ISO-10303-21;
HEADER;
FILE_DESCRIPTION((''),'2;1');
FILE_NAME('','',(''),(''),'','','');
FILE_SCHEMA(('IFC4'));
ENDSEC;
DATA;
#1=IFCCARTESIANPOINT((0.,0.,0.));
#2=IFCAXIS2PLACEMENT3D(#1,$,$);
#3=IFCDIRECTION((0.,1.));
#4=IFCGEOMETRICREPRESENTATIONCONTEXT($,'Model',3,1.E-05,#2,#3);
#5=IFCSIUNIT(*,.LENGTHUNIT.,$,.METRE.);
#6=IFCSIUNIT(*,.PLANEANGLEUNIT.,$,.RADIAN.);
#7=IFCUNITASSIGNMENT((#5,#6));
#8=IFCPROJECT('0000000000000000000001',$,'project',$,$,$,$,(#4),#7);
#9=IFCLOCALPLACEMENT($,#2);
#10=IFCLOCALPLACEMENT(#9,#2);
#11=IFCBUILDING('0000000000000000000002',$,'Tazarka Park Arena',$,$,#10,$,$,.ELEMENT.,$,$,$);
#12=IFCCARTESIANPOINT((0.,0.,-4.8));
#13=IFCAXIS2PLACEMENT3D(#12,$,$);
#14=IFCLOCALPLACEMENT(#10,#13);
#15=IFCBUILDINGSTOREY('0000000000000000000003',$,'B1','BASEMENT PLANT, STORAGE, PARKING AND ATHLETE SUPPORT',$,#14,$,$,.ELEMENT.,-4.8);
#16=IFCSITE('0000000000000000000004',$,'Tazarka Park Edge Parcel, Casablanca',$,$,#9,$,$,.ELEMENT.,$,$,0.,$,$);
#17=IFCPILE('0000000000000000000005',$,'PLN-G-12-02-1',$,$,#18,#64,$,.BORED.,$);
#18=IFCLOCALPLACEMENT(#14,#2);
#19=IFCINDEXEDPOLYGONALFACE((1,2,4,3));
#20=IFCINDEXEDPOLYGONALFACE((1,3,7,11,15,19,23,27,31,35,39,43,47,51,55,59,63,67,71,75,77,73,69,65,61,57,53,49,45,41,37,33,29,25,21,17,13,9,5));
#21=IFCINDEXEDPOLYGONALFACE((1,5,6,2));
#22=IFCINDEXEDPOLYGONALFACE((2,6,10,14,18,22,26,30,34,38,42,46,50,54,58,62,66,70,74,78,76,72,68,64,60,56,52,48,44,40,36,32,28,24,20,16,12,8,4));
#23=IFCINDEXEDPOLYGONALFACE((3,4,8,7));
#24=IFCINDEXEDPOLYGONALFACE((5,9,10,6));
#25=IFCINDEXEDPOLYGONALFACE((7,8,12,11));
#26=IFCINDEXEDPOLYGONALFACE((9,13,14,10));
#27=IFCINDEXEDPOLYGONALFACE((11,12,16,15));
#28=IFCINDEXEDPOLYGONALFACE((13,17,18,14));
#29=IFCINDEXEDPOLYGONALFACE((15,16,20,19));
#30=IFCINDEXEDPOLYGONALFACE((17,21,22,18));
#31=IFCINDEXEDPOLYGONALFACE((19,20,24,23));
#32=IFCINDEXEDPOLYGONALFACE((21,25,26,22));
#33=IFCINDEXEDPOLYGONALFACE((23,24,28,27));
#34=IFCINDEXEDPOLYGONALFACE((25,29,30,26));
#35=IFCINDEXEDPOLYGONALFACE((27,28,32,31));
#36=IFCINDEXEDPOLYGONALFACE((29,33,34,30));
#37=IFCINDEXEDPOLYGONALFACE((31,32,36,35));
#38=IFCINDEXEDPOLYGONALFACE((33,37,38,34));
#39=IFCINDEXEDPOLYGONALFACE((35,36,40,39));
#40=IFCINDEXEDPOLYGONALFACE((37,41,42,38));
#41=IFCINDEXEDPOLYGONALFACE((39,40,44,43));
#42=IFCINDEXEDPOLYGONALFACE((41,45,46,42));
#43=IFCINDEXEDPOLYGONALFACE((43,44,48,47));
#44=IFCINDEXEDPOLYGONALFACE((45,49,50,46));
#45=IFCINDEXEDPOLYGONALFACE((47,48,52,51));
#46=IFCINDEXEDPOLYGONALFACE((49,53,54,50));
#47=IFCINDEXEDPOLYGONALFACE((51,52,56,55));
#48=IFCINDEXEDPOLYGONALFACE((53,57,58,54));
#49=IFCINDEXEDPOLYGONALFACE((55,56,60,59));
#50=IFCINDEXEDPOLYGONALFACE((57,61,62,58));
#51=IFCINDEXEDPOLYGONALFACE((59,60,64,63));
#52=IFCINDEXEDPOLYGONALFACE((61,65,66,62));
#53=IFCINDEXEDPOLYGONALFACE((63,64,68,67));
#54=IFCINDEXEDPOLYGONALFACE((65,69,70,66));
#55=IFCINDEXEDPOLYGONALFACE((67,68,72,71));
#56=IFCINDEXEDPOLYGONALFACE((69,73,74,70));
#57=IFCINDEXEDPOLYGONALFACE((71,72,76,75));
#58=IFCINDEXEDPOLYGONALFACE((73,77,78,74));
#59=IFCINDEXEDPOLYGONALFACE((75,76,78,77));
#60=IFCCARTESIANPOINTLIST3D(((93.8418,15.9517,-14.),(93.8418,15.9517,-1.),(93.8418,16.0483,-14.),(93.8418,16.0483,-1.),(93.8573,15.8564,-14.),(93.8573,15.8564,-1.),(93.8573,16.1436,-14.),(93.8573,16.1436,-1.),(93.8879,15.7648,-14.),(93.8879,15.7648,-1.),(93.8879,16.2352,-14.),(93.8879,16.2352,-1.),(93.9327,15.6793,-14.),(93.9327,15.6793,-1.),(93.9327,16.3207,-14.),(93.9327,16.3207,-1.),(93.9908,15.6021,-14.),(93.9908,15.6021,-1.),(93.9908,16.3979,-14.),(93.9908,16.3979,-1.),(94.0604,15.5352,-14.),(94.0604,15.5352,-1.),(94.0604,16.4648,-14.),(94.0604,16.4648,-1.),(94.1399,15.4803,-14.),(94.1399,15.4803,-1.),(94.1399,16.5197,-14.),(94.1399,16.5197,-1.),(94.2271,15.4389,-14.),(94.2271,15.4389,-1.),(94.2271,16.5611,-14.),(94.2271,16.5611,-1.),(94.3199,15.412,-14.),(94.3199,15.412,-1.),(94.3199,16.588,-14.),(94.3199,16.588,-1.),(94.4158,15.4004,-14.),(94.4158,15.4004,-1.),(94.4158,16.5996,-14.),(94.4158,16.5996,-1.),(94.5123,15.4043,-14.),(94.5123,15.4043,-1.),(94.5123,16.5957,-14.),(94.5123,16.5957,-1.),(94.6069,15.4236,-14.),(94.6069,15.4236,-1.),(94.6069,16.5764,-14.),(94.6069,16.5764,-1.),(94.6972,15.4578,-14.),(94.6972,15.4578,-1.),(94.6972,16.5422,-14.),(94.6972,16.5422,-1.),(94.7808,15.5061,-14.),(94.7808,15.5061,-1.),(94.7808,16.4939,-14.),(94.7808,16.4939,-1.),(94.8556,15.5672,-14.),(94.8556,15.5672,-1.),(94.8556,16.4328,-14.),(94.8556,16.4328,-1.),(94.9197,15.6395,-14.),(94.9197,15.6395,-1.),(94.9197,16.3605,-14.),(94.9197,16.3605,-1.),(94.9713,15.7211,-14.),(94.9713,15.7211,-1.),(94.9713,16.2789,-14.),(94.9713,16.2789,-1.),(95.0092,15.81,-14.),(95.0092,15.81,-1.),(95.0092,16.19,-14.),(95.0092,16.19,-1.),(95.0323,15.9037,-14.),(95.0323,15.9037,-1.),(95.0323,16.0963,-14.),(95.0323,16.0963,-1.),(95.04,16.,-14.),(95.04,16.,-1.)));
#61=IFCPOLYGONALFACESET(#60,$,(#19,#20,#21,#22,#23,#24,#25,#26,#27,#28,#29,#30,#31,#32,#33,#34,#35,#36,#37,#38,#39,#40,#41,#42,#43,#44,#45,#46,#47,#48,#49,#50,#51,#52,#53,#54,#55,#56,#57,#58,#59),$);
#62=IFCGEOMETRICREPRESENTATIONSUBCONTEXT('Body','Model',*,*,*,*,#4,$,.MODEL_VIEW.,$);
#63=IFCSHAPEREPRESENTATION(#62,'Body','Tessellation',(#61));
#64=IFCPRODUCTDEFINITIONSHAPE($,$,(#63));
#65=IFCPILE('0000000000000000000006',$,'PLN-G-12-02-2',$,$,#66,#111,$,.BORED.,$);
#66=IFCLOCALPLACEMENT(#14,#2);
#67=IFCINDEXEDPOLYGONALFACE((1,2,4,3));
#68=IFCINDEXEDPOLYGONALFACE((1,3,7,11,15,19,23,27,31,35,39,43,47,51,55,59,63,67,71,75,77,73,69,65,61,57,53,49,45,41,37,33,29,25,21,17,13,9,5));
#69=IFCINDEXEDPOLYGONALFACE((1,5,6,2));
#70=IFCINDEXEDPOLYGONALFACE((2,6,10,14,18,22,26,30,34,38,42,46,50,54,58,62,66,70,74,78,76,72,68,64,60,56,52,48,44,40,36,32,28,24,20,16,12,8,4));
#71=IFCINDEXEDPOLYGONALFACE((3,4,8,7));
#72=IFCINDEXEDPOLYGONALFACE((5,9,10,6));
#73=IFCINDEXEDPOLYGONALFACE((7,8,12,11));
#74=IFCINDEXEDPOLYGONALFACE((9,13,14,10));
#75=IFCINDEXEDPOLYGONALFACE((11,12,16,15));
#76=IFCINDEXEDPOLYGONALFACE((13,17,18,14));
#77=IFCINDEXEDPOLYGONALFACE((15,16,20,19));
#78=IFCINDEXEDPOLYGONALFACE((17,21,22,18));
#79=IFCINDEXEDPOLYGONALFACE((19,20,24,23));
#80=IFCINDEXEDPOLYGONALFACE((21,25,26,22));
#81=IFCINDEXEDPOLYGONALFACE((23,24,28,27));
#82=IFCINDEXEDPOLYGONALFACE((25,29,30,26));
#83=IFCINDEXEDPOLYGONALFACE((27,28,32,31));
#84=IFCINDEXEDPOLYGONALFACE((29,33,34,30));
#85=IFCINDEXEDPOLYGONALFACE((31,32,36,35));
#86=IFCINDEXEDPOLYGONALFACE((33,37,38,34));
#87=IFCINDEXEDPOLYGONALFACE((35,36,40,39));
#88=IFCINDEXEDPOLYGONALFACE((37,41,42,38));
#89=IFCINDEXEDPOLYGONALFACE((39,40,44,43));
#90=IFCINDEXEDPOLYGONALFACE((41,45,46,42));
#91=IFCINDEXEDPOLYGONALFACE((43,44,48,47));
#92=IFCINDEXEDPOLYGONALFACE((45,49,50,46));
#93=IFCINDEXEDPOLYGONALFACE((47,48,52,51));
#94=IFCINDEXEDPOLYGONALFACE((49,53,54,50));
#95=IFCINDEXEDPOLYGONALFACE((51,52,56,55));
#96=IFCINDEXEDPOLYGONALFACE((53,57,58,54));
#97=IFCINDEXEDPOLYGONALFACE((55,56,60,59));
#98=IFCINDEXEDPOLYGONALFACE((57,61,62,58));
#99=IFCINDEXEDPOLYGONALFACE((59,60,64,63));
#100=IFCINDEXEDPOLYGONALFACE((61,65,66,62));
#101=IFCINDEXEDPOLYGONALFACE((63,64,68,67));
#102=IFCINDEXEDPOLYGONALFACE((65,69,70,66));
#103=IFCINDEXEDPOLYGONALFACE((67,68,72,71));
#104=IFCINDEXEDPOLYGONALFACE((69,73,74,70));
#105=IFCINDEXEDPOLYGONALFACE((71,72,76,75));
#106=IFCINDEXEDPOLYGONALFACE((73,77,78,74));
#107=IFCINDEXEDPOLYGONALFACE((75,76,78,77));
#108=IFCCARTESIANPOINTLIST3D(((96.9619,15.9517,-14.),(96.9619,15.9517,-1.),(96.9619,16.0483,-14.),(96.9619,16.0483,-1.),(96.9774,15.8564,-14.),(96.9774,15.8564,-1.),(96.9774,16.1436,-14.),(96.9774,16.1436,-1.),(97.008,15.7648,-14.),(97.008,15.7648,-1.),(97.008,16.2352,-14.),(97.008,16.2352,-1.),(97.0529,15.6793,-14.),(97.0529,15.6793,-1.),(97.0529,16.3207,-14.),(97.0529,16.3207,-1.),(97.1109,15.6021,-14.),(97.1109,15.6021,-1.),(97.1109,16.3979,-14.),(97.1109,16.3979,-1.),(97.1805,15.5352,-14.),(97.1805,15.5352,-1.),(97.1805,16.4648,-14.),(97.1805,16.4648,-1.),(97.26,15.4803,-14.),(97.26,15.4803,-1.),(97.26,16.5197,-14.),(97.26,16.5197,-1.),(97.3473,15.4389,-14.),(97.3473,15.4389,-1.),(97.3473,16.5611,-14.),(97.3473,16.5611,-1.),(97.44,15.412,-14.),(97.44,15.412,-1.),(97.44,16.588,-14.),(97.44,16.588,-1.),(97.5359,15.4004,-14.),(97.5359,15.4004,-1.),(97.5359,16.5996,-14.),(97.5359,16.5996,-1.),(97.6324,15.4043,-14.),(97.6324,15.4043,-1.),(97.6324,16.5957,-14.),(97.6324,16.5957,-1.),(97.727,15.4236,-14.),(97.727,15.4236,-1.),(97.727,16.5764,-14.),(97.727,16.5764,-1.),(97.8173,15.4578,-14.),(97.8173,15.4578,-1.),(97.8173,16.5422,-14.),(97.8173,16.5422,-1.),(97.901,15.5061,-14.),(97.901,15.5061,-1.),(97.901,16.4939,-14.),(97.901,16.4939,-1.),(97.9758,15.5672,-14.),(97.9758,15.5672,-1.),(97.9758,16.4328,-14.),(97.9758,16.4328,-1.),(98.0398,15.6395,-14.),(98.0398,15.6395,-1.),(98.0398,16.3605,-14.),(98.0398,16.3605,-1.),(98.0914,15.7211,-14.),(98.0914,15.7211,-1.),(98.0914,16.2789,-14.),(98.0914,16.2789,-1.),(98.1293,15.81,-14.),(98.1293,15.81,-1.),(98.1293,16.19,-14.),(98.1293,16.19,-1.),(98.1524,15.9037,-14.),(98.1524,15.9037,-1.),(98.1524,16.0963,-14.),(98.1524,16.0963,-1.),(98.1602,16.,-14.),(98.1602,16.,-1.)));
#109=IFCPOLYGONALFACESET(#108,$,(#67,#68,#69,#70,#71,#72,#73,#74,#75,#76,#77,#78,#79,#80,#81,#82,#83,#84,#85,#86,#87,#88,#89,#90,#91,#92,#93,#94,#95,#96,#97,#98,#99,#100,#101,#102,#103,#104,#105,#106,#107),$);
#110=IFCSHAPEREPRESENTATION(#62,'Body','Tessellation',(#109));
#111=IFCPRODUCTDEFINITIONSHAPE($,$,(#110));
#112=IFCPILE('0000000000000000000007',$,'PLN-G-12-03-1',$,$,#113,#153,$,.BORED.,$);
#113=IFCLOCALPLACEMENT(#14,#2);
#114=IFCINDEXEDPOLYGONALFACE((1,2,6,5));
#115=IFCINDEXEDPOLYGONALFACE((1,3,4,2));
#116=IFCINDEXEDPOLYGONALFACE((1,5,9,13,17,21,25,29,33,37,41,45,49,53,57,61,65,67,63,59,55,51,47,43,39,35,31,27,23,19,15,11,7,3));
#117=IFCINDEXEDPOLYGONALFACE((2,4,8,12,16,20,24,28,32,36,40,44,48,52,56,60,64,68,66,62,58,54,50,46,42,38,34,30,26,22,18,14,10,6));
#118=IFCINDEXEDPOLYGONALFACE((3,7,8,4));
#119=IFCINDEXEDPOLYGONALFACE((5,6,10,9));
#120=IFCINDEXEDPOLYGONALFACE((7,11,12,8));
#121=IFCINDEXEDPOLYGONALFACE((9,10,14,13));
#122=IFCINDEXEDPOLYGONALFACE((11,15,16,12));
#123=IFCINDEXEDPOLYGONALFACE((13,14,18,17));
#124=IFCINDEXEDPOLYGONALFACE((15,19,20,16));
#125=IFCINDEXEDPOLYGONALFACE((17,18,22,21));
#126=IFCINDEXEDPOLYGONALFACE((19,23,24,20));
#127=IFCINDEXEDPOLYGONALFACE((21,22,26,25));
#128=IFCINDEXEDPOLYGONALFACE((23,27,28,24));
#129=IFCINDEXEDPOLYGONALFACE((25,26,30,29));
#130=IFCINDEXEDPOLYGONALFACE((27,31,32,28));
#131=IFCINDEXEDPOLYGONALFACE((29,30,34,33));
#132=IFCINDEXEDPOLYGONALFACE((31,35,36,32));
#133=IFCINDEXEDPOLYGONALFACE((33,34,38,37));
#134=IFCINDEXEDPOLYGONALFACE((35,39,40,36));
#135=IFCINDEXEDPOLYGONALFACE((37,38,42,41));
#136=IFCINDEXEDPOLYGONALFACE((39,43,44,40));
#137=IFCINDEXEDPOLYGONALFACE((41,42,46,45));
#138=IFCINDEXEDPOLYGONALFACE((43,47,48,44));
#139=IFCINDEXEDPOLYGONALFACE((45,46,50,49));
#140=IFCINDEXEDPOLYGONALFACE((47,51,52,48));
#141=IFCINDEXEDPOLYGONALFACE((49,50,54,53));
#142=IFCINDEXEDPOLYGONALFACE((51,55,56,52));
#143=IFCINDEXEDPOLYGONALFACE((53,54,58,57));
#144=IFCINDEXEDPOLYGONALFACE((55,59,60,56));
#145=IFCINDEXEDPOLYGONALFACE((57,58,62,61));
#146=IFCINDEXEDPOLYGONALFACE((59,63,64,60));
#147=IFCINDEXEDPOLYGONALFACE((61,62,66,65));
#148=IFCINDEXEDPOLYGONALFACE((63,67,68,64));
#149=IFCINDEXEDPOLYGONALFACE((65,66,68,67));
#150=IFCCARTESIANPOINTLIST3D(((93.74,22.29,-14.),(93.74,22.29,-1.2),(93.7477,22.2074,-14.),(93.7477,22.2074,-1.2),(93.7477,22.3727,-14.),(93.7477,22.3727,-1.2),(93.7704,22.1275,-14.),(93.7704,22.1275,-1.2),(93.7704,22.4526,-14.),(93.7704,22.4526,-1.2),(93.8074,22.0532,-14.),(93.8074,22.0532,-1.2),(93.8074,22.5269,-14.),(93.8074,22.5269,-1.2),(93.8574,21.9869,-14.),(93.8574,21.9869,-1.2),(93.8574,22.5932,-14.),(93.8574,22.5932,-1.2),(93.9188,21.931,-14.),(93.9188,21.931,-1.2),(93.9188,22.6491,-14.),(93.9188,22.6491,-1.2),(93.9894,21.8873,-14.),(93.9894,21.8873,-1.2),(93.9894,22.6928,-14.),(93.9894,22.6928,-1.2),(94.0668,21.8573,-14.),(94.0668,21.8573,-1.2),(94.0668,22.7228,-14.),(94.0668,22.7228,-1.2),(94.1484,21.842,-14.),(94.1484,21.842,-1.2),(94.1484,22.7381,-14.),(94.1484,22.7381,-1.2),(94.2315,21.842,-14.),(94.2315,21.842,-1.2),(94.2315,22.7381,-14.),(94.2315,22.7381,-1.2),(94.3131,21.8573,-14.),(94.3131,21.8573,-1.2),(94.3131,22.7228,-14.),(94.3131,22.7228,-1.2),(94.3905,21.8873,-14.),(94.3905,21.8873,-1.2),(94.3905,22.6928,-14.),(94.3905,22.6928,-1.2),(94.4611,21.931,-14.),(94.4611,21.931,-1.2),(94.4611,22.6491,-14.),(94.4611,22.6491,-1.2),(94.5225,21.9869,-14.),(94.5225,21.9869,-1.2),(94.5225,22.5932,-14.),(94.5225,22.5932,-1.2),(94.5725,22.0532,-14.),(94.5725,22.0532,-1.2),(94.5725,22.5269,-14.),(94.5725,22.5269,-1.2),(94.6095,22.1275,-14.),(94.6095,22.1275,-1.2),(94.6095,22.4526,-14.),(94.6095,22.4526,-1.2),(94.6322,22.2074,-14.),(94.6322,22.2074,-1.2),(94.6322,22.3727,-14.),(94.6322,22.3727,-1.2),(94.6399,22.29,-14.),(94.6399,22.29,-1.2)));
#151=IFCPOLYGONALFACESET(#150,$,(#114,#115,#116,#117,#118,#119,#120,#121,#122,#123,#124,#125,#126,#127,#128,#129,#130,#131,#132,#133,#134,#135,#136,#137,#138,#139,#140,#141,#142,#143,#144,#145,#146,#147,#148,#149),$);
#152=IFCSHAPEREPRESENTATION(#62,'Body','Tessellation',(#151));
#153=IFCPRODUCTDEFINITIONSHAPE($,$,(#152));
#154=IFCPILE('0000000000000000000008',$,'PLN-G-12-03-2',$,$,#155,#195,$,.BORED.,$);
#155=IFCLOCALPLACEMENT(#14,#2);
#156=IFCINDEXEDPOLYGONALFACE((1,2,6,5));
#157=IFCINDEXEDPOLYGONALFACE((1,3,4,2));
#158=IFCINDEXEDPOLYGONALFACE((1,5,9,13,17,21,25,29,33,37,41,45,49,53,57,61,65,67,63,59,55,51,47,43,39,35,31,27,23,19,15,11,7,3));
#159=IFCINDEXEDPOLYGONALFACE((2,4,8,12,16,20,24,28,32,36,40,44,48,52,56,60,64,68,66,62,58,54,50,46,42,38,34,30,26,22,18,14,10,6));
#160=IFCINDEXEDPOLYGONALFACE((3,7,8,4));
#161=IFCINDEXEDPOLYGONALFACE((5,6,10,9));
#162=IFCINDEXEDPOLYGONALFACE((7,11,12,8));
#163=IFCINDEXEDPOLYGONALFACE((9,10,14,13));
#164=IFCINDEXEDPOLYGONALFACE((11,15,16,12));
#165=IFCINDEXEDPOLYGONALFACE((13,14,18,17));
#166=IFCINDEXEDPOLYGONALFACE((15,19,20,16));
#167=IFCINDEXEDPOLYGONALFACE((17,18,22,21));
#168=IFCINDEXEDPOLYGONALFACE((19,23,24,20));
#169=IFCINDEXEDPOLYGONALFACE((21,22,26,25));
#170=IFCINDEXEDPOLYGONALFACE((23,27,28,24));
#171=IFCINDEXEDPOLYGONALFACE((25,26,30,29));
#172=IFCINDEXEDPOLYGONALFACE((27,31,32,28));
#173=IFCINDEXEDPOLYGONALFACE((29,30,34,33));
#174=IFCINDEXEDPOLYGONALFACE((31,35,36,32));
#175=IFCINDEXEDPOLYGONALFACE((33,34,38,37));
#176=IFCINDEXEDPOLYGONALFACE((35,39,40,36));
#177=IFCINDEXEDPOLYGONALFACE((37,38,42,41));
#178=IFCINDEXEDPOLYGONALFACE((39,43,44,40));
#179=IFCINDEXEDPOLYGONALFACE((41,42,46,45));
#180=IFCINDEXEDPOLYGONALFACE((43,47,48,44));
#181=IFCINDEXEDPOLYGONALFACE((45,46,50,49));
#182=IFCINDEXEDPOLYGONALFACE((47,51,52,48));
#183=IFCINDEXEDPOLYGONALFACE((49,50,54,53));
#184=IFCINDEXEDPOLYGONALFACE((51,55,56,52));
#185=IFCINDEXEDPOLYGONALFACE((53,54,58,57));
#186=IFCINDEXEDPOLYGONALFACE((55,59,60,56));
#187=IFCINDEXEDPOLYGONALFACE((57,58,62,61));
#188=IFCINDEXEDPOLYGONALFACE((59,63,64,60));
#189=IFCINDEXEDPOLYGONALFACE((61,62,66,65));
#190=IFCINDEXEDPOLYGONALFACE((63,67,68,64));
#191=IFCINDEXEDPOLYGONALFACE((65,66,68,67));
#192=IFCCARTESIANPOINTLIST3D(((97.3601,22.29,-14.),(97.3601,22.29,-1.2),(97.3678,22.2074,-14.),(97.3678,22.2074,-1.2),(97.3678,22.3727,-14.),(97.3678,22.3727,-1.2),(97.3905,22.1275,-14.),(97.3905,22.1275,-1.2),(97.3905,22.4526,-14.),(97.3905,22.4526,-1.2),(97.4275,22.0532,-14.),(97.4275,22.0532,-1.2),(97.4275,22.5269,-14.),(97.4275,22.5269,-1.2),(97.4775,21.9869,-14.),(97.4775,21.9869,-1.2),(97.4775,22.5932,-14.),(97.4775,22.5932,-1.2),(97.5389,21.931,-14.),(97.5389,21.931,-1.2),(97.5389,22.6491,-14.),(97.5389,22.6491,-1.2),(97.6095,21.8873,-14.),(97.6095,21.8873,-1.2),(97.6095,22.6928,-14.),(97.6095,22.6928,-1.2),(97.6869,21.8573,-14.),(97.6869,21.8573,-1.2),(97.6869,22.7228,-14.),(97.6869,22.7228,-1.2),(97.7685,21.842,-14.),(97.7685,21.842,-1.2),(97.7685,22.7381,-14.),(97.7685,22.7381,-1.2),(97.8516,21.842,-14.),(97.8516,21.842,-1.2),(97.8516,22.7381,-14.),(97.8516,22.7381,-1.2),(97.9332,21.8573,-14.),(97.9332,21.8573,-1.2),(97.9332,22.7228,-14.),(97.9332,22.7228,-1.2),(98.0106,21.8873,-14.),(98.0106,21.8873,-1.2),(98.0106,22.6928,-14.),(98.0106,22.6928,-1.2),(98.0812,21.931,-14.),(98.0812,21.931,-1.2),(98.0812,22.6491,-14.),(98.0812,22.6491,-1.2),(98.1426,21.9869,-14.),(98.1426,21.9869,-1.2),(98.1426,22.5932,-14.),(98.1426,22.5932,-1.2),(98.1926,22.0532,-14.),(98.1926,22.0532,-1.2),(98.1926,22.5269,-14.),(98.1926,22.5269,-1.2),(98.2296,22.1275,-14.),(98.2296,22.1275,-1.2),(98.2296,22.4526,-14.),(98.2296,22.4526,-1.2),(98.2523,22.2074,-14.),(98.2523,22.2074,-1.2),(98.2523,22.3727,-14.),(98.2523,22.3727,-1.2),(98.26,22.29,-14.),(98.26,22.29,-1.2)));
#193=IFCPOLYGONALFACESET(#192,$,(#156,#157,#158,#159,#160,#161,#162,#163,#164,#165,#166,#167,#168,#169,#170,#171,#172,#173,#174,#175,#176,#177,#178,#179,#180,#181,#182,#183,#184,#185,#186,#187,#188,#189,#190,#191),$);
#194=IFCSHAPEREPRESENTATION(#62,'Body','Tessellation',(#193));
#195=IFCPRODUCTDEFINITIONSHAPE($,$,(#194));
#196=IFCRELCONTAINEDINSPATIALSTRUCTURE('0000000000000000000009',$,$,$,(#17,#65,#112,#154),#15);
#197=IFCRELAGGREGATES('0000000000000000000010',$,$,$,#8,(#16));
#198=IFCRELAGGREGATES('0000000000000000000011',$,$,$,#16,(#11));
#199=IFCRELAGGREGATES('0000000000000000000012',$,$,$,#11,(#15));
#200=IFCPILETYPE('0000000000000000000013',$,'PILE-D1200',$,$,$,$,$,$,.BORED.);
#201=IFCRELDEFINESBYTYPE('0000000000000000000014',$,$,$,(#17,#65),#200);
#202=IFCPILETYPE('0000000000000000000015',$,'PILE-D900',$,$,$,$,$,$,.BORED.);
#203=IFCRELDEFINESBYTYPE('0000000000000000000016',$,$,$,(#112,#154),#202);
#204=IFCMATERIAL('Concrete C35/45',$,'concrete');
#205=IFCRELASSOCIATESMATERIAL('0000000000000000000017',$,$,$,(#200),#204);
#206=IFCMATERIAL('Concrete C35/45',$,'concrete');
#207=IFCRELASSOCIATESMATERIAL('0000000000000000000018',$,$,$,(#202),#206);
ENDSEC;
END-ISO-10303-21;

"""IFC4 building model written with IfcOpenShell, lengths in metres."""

from ifc_helpers import new_model, si_unit, direction, frame, origin, origin_2d, place, context, subcontext, project, spatial, circle, extrude, material, material_profile, profile_set, type_object, element, save


model = new_model("IFC4")

# Units and contexts
model_context = context("Model", 3, precision=1e-05, world=origin(), true_north=direction((0.0, 1.0)))
body_context = subcontext(model_context, "Body", "Model", "MODEL_VIEW")
ifc_project = project(units=[si_unit("LENGTHUNIT", "METRE"), si_unit("PLANEANGLEUNIT", "RADIAN")], contexts=[model_context])

# Site, building, storey
site_placement = place(None, origin())
site = spatial("IfcSite", under=ifc_project, at=site_placement, Name="Tazarka Park Edge Parcel, Casablanca", CompositionType="ELEMENT", RefElevation=0.0)
building_placement = place(site_placement, origin())
building = spatial("IfcBuilding", under=site, at=building_placement, Name="Tazarka Park Arena", CompositionType="ELEMENT")
storey_placement = place(building_placement, frame((0.0, 0.0, -4.8)))
storey = spatial("IfcBuildingStorey", under=building, at=storey_placement, Name="B1", Description="BASEMENT PLANT, STORAGE, PARKING AND ATHLETE SUPPORT", CompositionType="ELEMENT", Elevation=-4.8)

# Piles
ifc_material_1 = material(Name="Concrete C35/45", Category="concrete")
ifc_material_profile_1 = material_profile(ifc_material_1, circle(Radius=0.6001, at=origin_2d()), Name="Concrete C35/45")
ifc_profile_set_1 = profile_set([ifc_material_profile_1], Name="Concrete C35/45")
pile_type_1 = type_object("IfcPileType", Name="PILE-D1200", PredefinedType="BORED", material=ifc_profile_set_1)
for number, where, z_axis, x_axis, name in (
    (1, (94.4399, 16.0, -1.0), (0.0, 0.0, -1.0), (1.0, 0.0, 0.0), "PLN-G-12-02-1"),
    (2, (97.5601, 16.0, -1.0), (0.0, 0.0, -1.0), (1.0, 0.0, 0.0), "PLN-G-12-02-2"),
):
    element("IfcPile", number, at=place(storey_placement, frame(where, z_axis=z_axis, x_axis=x_axis)), inside=storey, type_object=pile_type_1, Name=name, PredefinedType="BORED", context=body_context, shape_type="SweptSolid", body=[
        extrude(circle(Radius=0.6001, at=origin_2d()), origin(), (0.0, 0.0, 1.0), 13.0),
    ])
ifc_material_2 = material(Name="Concrete C35/45", Category="concrete")
ifc_material_profile_2 = material_profile(ifc_material_2, circle(Radius=0.45, at=origin_2d()), Name="Concrete C35/45")
ifc_profile_set_2 = profile_set([ifc_material_profile_2], Name="Concrete C35/45")
pile_type_2 = type_object("IfcPileType", Name="PILE-D900", PredefinedType="BORED", material=ifc_profile_set_2)
for number, where, z_axis, x_axis, name in (
    (3, (94.1899, 22.29, -1.2), (0.0, 0.0, -1.0), (1.0, 0.0, 0.0), "PLN-G-12-03-1"),
    (4, (97.8101, 22.29, -1.2), (0.0, 0.0, -1.0), (1.0, 0.0, 0.0), "PLN-G-12-03-2"),
):
    element("IfcPile", number, at=place(storey_placement, frame(where, z_axis=z_axis, x_axis=x_axis)), inside=storey, type_object=pile_type_2, Name=name, PredefinedType="BORED", context=body_context, shape_type="SweptSolid", body=[
        extrude(circle(Radius=0.45, at=origin_2d()), origin(), (0.0, 0.0, 1.0), 12.8),
    ])

save(model, "model.ifc")
